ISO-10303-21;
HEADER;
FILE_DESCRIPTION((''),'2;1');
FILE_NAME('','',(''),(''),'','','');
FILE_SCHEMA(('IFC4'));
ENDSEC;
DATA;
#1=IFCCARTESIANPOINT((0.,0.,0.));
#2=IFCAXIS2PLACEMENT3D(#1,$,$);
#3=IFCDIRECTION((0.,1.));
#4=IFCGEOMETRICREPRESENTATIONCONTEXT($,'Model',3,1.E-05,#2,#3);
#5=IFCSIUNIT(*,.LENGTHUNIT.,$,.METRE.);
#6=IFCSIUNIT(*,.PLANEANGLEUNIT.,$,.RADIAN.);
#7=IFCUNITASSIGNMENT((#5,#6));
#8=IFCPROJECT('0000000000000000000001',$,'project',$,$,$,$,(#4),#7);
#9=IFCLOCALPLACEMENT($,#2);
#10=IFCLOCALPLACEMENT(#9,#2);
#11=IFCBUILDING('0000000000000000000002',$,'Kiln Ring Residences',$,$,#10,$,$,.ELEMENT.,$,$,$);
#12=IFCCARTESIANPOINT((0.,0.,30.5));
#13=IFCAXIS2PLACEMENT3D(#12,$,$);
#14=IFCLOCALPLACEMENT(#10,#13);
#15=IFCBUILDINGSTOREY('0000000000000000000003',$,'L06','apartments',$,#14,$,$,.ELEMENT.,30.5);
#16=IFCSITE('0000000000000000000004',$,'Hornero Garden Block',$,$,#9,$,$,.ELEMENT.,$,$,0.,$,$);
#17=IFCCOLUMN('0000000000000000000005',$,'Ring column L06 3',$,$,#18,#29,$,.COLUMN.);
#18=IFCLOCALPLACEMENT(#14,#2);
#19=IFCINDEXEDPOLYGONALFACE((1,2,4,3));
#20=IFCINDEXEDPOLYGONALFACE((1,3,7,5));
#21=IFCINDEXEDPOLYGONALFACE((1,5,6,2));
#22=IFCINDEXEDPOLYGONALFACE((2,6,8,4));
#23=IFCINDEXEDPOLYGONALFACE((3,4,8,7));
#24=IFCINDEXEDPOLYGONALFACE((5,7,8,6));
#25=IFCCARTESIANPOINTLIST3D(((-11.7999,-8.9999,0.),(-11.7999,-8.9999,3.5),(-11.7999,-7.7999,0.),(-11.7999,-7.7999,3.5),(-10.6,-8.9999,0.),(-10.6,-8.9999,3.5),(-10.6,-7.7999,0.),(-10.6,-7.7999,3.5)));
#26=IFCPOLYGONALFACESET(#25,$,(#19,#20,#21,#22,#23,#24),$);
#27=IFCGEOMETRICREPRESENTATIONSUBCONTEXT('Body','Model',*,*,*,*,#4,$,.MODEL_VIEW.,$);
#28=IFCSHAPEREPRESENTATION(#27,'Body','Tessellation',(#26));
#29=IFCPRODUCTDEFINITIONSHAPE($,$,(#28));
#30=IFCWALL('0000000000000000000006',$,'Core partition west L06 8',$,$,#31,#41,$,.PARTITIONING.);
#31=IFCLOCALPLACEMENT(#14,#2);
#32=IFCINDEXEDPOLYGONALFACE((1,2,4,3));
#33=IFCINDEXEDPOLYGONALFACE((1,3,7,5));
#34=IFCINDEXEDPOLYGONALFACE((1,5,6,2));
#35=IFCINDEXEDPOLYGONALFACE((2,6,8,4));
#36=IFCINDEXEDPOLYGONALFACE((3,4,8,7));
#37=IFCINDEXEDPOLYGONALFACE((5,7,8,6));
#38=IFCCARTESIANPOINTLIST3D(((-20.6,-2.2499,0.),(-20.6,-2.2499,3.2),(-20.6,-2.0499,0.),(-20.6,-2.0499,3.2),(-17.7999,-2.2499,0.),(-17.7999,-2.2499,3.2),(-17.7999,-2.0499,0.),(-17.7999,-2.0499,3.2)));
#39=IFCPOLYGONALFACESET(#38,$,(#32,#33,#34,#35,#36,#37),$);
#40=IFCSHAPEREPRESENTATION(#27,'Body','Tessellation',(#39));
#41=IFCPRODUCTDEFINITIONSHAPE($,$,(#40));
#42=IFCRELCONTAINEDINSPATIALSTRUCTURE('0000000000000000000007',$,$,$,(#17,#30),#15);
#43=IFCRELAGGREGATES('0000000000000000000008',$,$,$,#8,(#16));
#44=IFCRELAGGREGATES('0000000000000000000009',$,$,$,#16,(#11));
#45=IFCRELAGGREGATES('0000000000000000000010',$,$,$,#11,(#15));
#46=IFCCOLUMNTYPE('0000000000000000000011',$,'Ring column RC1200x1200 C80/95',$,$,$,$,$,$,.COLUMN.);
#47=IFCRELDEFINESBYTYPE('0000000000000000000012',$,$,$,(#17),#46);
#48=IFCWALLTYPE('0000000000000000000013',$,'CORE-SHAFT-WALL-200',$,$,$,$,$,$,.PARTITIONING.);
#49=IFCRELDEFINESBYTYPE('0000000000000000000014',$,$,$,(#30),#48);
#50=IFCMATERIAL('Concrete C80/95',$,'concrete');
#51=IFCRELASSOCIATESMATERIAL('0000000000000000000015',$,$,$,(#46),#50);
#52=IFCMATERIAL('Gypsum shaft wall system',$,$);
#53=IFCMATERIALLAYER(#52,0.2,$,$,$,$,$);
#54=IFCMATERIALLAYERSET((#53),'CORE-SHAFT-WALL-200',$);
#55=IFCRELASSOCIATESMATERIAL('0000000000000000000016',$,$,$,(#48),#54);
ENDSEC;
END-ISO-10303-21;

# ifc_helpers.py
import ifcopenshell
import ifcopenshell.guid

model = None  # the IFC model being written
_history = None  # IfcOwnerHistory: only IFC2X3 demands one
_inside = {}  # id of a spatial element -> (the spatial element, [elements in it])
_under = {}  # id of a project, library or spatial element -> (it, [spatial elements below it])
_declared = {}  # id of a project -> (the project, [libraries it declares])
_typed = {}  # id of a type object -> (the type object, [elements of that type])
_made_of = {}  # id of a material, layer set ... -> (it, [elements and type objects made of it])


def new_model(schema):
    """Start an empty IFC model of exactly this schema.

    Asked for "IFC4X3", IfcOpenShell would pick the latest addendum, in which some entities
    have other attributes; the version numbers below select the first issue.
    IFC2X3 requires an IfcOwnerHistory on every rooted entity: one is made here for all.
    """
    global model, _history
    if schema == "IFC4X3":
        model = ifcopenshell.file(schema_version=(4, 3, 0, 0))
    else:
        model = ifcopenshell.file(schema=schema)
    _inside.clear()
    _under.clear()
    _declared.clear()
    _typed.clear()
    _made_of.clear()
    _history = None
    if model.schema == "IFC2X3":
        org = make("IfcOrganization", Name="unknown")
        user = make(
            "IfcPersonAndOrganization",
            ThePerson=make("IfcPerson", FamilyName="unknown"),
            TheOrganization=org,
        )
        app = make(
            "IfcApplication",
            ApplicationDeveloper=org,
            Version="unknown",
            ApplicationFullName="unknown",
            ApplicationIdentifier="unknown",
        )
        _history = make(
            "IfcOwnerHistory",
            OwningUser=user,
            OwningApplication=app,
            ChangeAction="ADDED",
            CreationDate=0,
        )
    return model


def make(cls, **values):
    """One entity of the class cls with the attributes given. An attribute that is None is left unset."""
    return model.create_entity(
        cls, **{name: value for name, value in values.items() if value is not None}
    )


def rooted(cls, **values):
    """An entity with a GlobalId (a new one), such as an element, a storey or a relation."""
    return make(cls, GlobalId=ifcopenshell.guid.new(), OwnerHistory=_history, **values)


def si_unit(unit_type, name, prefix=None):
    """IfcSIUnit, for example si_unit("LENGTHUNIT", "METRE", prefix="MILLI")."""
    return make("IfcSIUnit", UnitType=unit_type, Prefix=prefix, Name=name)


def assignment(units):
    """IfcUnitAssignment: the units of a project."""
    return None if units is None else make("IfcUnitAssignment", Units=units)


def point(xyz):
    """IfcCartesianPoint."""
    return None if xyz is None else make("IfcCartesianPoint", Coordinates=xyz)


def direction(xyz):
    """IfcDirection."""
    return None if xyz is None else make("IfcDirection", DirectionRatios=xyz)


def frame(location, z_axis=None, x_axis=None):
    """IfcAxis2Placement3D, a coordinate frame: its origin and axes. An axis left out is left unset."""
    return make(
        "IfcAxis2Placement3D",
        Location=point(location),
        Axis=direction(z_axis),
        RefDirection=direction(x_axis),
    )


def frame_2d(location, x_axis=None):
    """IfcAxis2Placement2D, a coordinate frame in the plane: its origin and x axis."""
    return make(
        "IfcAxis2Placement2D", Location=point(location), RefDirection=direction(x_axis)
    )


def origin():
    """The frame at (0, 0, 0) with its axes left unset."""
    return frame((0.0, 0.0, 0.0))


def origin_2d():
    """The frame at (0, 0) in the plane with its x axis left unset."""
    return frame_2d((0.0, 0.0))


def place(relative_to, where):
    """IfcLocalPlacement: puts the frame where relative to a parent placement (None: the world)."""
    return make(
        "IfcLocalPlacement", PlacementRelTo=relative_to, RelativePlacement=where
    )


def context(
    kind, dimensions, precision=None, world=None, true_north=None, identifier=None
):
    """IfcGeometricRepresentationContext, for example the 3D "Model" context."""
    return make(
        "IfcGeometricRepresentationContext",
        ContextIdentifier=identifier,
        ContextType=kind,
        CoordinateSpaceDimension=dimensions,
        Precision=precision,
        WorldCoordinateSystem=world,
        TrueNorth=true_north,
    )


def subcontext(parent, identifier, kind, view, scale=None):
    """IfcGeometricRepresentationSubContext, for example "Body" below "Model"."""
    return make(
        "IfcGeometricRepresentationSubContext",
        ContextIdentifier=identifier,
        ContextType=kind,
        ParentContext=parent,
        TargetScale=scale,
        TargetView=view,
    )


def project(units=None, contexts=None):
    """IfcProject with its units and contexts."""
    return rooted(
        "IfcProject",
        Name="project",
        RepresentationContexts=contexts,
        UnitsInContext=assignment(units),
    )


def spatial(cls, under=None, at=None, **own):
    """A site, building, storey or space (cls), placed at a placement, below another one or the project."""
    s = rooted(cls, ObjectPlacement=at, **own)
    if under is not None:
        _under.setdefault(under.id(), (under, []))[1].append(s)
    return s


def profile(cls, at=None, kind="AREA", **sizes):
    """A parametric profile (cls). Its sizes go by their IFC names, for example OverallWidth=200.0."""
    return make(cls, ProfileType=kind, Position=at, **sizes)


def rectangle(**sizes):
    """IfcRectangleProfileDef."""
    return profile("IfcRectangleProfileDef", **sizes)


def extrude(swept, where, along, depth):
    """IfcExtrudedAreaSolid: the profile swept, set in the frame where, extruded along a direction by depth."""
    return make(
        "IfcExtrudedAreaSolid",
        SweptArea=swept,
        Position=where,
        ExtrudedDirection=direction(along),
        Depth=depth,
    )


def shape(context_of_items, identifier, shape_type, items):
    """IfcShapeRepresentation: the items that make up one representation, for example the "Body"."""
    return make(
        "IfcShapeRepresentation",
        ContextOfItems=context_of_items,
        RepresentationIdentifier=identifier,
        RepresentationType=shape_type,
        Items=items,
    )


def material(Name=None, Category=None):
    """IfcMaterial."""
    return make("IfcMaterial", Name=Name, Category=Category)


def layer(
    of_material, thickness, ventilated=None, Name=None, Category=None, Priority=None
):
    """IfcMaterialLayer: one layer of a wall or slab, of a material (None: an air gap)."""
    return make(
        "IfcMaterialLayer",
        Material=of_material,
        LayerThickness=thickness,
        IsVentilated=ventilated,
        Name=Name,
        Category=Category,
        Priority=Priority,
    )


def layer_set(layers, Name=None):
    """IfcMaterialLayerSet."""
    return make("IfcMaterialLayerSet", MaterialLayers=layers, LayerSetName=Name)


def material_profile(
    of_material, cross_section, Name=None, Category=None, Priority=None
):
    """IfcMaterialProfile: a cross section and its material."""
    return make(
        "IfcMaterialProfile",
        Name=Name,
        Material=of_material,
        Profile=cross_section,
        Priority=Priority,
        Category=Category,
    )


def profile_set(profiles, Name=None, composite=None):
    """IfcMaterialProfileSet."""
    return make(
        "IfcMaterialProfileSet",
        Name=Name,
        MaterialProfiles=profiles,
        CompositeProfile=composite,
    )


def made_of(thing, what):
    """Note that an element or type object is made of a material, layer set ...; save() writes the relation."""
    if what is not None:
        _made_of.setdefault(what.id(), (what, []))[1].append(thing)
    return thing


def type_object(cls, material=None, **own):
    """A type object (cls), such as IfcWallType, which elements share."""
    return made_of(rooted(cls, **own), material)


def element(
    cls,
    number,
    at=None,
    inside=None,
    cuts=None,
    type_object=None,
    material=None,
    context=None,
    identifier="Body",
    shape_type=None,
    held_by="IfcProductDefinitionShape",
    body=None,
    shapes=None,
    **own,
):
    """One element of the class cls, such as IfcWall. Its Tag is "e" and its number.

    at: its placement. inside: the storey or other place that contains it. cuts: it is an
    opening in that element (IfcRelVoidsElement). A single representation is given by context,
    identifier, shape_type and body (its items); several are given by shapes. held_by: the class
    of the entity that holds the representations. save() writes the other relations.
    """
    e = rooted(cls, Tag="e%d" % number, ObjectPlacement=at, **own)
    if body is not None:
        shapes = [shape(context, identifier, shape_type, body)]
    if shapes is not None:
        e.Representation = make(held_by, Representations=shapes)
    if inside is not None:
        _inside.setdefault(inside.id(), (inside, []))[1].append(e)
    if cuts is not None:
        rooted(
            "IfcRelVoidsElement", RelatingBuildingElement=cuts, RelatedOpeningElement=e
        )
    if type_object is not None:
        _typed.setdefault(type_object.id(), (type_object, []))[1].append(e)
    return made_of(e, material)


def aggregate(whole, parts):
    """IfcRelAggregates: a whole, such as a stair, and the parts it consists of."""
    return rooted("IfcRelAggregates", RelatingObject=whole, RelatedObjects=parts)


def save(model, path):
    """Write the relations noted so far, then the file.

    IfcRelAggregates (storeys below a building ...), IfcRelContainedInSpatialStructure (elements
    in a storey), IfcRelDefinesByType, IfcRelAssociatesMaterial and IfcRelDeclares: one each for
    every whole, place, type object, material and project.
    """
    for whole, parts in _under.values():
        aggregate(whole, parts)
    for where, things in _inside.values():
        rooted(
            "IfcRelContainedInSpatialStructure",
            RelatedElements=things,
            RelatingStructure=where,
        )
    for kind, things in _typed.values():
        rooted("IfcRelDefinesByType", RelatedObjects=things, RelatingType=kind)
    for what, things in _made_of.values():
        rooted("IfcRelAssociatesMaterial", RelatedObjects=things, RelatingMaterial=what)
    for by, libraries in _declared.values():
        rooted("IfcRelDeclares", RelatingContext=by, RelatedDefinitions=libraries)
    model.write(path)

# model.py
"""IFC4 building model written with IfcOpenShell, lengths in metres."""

from ifc_helpers import new_model, si_unit, direction, frame, frame_2d, origin, origin_2d, place, context, subcontext, project, spatial, rectangle, extrude, material, layer, layer_set, material_profile, profile_set, type_object, element, save


model = new_model("IFC4")

# Units and contexts
model_context = context("Model", 3, precision=1e-05, world=origin(), true_north=direction((0.0, 1.0)))
body_context = subcontext(model_context, "Body", "Model", "MODEL_VIEW")
ifc_project = project(units=[si_unit("LENGTHUNIT", "METRE"), si_unit("PLANEANGLEUNIT", "RADIAN")], contexts=[model_context])

# Site, building, storey
site_placement = place(None, origin())
site = spatial("IfcSite", under=ifc_project, at=site_placement, Name="Hornero Garden Block", CompositionType="ELEMENT", RefElevation=0.0)
building_placement = place(site_placement, origin())
building = spatial("IfcBuilding", under=site, at=building_placement, Name="Kiln Ring Residences", CompositionType="ELEMENT")
storey_placement = place(building_placement, frame((0.0, 0.0, 30.5)))
storey = spatial("IfcBuildingStorey", under=building, at=storey_placement, Name="L06", Description="apartments", CompositionType="ELEMENT", Elevation=30.5)

# Column
ifc_material_1 = material(Name="Concrete C80/95", Category="concrete")
ifc_material_profile = material_profile(ifc_material_1, rectangle(XDim=1.2, YDim=1.2, at=origin_2d()), Name="RC1200x1200")
ifc_profile_set = profile_set([ifc_material_profile], Name="Concrete C80/95")
column_type = type_object("IfcColumnType", Name="Ring column RC1200x1200 C80/95", PredefinedType="COLUMN", material=ifc_profile_set)
column_placement = place(storey_placement, frame((-11.2, -8.3999, 0.0), z_axis=(0.0, 0.0, 1.0), x_axis=(1.0, 0.0, 0.0)))
element("IfcColumn", 1, at=column_placement, inside=storey, type_object=column_type, Name="Ring column L06 3", PredefinedType="COLUMN", context=body_context, shape_type="SweptSolid", body=[
    extrude(rectangle(XDim=1.2, YDim=1.2, at=origin_2d()), origin(), (0.0, 0.0, 1.0), 3.5),
])

# Wall
ifc_material_2 = material(Name="Gypsum shaft wall system")
ifc_layer_1 = layer(ifc_material_2, 0.2)
ifc_layer_set_1 = layer_set([ifc_layer_1], Name="CORE-SHAFT-WALL-200")
wall_type_1 = type_object("IfcWallType", Name="CORE-SHAFT-WALL-200", PredefinedType="PARTITIONING", material=ifc_layer_set_1)
wall_1_placement = place(storey_placement, frame((-17.8, -2.1499, 0.0), z_axis=(0.0, 0.0, 1.0), x_axis=(-1.0, 0.0, 0.0)))
element("IfcWall", 2, at=wall_1_placement, inside=storey, type_object=wall_type_1, Name="Core partition west L06 8", PredefinedType="PARTITIONING", context=body_context, shape_type="SweptSolid", body=[
    extrude(rectangle(XDim=2.8, YDim=0.2, at=frame_2d((1.3999, 0.0))), origin(), (0.0, 0.0, 1.0), 3.2),
])

save(model, "model.ifc")
